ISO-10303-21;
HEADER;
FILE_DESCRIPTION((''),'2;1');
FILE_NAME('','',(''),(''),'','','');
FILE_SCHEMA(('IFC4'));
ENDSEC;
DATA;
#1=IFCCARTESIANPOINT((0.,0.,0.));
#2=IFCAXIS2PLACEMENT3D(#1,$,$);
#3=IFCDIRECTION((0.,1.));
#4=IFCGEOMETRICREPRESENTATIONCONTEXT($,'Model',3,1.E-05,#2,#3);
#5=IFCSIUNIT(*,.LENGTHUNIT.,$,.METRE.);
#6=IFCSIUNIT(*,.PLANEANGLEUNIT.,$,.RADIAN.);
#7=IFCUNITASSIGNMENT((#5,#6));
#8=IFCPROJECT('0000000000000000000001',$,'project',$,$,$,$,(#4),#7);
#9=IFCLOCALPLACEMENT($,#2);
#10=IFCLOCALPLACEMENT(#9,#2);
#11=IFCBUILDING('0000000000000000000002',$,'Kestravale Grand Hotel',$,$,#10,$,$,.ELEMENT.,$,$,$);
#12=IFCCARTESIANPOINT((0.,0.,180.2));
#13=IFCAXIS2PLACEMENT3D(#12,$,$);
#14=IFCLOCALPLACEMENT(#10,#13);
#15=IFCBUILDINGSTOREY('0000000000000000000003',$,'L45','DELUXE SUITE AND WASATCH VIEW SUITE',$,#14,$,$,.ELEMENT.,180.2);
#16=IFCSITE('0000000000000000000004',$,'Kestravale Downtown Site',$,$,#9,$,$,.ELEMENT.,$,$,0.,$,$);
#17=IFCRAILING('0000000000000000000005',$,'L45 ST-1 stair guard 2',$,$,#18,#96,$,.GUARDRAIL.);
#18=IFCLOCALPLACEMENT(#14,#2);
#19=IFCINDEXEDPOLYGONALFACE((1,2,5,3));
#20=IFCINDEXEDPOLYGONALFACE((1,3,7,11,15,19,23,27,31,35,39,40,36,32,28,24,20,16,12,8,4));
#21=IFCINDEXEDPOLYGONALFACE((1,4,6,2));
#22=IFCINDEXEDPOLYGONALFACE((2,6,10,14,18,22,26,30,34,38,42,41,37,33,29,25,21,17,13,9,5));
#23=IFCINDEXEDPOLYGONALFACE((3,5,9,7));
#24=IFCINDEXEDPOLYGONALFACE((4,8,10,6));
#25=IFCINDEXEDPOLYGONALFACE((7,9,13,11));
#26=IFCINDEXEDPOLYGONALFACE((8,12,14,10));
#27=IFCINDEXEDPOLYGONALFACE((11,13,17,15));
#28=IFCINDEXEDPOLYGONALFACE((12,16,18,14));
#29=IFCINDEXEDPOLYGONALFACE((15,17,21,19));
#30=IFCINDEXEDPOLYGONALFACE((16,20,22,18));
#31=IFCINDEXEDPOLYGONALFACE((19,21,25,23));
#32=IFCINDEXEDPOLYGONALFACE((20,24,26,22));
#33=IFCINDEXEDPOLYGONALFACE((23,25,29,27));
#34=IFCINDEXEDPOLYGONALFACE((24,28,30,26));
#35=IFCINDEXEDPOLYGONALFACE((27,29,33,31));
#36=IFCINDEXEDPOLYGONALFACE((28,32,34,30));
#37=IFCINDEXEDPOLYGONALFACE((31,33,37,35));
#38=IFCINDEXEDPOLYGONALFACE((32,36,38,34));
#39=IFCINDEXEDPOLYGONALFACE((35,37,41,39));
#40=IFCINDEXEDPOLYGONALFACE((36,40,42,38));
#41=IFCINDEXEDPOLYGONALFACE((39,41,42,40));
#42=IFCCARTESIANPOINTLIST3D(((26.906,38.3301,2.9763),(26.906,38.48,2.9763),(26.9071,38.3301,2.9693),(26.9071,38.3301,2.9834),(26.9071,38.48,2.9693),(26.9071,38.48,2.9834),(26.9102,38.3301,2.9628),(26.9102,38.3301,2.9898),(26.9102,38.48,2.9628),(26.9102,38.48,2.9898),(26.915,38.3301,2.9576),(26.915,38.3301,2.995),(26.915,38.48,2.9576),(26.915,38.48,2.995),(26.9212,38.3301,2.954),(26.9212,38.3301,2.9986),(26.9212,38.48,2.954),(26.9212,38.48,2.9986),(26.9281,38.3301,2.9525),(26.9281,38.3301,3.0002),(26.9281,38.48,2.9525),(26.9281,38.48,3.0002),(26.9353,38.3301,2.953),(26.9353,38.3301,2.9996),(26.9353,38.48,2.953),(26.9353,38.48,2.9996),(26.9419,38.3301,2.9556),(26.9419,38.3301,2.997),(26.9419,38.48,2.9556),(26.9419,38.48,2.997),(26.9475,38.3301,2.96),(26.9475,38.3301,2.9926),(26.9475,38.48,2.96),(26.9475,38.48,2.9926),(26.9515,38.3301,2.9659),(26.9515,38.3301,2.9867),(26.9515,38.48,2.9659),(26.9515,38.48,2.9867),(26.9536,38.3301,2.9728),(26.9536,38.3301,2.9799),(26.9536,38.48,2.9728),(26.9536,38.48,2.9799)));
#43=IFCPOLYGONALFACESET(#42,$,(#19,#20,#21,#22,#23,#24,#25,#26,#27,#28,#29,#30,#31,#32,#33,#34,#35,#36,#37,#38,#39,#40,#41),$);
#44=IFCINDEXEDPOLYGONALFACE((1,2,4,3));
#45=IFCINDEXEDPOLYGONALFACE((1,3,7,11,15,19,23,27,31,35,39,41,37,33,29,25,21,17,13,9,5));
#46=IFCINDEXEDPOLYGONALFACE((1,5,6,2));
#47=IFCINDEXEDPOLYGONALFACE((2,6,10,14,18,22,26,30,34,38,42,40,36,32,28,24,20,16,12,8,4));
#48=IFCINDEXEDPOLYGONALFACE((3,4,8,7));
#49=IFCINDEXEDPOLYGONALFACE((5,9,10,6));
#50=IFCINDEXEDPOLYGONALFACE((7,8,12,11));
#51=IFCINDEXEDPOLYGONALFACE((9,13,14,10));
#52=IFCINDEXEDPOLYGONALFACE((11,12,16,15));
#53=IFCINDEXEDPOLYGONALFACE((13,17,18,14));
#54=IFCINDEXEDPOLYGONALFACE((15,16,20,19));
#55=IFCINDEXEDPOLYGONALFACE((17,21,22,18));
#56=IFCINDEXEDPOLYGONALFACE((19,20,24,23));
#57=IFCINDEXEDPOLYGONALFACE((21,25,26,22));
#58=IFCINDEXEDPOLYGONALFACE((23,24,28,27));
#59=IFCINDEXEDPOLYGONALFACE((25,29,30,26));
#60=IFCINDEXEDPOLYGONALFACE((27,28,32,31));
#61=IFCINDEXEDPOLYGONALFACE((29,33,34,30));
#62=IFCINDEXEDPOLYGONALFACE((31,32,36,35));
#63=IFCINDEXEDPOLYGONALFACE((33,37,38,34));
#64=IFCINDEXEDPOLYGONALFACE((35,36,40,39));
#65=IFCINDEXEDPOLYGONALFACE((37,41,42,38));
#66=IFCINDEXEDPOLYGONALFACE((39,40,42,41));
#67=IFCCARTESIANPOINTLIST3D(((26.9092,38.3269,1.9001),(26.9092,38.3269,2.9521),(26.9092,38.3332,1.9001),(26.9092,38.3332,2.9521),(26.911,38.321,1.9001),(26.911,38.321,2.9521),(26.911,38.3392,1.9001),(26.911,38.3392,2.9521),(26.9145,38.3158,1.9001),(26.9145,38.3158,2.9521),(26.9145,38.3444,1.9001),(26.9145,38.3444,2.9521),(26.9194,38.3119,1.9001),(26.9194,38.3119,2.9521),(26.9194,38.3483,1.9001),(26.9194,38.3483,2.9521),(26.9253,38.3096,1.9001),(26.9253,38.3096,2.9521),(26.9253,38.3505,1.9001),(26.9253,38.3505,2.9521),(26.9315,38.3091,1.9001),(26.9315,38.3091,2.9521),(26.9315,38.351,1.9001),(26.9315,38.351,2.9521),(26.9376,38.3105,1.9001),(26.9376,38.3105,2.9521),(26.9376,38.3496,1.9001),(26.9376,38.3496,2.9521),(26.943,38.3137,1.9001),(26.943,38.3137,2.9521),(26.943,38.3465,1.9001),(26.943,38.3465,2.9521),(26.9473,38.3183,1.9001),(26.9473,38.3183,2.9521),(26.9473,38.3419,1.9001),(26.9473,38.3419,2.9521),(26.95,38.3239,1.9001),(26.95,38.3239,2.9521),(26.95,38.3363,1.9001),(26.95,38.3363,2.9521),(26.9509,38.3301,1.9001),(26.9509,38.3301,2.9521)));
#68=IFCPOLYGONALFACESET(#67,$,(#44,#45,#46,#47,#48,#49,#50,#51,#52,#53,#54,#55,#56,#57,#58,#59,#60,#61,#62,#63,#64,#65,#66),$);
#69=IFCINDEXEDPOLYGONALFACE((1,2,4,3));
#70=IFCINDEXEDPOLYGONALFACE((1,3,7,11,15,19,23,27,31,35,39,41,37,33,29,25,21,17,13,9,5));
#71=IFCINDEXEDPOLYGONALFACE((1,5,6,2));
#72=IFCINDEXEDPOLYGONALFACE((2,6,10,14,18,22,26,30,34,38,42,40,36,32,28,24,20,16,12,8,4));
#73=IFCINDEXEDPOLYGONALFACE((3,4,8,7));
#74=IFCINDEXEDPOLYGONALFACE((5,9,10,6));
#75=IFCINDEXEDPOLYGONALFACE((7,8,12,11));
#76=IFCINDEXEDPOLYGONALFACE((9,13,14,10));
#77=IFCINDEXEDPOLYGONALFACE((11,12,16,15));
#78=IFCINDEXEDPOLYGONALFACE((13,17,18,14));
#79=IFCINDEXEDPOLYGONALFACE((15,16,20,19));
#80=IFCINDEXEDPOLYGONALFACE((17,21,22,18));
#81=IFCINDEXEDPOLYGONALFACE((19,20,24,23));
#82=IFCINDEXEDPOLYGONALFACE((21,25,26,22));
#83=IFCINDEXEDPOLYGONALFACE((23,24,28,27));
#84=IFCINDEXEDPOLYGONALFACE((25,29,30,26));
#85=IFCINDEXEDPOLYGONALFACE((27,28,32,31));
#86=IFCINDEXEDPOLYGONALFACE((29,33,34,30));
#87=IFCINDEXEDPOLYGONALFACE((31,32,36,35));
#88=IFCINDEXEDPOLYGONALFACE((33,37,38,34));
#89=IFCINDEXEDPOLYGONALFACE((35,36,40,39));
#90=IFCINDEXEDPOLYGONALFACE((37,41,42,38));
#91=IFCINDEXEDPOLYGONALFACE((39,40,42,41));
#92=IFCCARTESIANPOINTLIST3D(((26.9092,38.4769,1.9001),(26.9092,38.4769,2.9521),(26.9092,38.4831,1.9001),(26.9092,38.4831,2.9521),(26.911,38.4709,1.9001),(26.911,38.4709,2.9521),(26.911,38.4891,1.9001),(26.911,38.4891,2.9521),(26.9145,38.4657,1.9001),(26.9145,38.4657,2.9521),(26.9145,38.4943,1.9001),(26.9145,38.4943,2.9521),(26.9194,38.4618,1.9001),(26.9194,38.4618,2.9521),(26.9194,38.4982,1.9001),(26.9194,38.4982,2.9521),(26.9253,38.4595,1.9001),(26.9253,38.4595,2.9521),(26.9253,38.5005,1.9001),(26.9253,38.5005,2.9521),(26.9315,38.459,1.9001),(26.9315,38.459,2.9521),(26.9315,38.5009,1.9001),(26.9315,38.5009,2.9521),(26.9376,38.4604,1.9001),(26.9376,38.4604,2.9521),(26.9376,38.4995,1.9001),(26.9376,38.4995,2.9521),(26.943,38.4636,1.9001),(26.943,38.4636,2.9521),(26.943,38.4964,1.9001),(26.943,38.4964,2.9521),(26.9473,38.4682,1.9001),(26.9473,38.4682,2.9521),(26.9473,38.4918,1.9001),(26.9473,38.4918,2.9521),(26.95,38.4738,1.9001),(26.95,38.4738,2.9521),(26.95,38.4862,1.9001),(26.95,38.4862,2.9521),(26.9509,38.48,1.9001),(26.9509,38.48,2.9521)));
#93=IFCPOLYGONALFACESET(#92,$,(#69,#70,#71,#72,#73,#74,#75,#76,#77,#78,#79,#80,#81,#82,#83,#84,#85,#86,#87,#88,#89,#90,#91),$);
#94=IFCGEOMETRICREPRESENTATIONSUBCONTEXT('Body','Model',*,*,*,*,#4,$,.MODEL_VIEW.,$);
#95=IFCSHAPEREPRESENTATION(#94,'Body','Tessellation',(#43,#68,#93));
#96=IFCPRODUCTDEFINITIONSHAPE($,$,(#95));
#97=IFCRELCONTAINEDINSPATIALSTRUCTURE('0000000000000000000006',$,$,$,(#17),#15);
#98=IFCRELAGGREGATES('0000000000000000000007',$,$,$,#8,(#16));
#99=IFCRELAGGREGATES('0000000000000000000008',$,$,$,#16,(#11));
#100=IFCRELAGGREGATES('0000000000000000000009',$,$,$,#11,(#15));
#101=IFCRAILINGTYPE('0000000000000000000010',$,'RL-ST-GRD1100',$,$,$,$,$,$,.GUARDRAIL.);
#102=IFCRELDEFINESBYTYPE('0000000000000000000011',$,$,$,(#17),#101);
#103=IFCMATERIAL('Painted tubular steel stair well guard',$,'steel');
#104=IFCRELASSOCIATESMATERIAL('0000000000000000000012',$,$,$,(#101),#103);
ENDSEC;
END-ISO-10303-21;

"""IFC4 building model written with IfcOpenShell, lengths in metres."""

from ifc_helpers import new_model, si_unit, direction, frame, origin, origin_2d, place, context, subcontext, project, spatial, circle, extrude, material, type_object, element, save


model = new_model("IFC4")

# Units and contexts
model_context = context("Model", 3, precision=1e-05, world=origin(), true_north=direction((0.0, 1.0)))
body_context = subcontext(model_context, "Body", "Model", "MODEL_VIEW")
ifc_project = project(units=[si_unit("LENGTHUNIT", "METRE"), si_unit("PLANEANGLEUNIT", "RADIAN")], contexts=[model_context])

# Site, building, storey
site_placement = place(None, origin())
site = spatial("IfcSite", under=ifc_project, at=site_placement, Name="Kestravale Downtown Site", CompositionType="ELEMENT", RefElevation=0.0)
building_placement = place(site_placement, origin())
building = spatial("IfcBuilding", under=site, at=building_placement, Name="Kestravale Grand Hotel", CompositionType="ELEMENT")
storey_placement = place(building_placement, frame((0.0, 0.0, 180.2)))
storey = spatial("IfcBuildingStorey", under=building, at=storey_placement, Name="L45", Description="DELUXE SUITE AND WASATCH VIEW SUITE", CompositionType="ELEMENT", Elevation=180.2)

# Railing
ifc_material_1 = material(Name="Painted tubular steel stair well guard", Category="steel")
railing_type_1 = type_object("IfcRailingType", Name="RL-ST-GRD1100", PredefinedType="GUARDRAIL", material=ifc_material_1)
railing_1_placement = place(storey_placement, frame((26.9299, 38.3301, 1.9001)))
element("IfcRailing", 1, at=railing_1_placement, inside=storey, type_object=railing_type_1, Name="L45 ST-1 stair guard 2", PredefinedType="GUARDRAIL", context=body_context, shape_type="SweptSolid", body=[
    extrude(circle(Radius=0.0239, at=origin_2d()), frame((0.0, 0.0, 1.0762), z_axis=(0.0, 1.0, 0.0), x_axis=(-1.0, 0.0, 0.0)), (0.0, 0.0, 1.0), 0.1499),
    extrude(circle(Radius=0.021, at=origin_2d()), origin(), (0.0, 0.0, 1.0), 1.052),
    extrude(circle(Radius=0.021, at=origin_2d()), frame((0.0, 0.1499, 0.0)), (0.0, 0.0, 1.0), 1.052),
])

save(model, "model.ifc")
